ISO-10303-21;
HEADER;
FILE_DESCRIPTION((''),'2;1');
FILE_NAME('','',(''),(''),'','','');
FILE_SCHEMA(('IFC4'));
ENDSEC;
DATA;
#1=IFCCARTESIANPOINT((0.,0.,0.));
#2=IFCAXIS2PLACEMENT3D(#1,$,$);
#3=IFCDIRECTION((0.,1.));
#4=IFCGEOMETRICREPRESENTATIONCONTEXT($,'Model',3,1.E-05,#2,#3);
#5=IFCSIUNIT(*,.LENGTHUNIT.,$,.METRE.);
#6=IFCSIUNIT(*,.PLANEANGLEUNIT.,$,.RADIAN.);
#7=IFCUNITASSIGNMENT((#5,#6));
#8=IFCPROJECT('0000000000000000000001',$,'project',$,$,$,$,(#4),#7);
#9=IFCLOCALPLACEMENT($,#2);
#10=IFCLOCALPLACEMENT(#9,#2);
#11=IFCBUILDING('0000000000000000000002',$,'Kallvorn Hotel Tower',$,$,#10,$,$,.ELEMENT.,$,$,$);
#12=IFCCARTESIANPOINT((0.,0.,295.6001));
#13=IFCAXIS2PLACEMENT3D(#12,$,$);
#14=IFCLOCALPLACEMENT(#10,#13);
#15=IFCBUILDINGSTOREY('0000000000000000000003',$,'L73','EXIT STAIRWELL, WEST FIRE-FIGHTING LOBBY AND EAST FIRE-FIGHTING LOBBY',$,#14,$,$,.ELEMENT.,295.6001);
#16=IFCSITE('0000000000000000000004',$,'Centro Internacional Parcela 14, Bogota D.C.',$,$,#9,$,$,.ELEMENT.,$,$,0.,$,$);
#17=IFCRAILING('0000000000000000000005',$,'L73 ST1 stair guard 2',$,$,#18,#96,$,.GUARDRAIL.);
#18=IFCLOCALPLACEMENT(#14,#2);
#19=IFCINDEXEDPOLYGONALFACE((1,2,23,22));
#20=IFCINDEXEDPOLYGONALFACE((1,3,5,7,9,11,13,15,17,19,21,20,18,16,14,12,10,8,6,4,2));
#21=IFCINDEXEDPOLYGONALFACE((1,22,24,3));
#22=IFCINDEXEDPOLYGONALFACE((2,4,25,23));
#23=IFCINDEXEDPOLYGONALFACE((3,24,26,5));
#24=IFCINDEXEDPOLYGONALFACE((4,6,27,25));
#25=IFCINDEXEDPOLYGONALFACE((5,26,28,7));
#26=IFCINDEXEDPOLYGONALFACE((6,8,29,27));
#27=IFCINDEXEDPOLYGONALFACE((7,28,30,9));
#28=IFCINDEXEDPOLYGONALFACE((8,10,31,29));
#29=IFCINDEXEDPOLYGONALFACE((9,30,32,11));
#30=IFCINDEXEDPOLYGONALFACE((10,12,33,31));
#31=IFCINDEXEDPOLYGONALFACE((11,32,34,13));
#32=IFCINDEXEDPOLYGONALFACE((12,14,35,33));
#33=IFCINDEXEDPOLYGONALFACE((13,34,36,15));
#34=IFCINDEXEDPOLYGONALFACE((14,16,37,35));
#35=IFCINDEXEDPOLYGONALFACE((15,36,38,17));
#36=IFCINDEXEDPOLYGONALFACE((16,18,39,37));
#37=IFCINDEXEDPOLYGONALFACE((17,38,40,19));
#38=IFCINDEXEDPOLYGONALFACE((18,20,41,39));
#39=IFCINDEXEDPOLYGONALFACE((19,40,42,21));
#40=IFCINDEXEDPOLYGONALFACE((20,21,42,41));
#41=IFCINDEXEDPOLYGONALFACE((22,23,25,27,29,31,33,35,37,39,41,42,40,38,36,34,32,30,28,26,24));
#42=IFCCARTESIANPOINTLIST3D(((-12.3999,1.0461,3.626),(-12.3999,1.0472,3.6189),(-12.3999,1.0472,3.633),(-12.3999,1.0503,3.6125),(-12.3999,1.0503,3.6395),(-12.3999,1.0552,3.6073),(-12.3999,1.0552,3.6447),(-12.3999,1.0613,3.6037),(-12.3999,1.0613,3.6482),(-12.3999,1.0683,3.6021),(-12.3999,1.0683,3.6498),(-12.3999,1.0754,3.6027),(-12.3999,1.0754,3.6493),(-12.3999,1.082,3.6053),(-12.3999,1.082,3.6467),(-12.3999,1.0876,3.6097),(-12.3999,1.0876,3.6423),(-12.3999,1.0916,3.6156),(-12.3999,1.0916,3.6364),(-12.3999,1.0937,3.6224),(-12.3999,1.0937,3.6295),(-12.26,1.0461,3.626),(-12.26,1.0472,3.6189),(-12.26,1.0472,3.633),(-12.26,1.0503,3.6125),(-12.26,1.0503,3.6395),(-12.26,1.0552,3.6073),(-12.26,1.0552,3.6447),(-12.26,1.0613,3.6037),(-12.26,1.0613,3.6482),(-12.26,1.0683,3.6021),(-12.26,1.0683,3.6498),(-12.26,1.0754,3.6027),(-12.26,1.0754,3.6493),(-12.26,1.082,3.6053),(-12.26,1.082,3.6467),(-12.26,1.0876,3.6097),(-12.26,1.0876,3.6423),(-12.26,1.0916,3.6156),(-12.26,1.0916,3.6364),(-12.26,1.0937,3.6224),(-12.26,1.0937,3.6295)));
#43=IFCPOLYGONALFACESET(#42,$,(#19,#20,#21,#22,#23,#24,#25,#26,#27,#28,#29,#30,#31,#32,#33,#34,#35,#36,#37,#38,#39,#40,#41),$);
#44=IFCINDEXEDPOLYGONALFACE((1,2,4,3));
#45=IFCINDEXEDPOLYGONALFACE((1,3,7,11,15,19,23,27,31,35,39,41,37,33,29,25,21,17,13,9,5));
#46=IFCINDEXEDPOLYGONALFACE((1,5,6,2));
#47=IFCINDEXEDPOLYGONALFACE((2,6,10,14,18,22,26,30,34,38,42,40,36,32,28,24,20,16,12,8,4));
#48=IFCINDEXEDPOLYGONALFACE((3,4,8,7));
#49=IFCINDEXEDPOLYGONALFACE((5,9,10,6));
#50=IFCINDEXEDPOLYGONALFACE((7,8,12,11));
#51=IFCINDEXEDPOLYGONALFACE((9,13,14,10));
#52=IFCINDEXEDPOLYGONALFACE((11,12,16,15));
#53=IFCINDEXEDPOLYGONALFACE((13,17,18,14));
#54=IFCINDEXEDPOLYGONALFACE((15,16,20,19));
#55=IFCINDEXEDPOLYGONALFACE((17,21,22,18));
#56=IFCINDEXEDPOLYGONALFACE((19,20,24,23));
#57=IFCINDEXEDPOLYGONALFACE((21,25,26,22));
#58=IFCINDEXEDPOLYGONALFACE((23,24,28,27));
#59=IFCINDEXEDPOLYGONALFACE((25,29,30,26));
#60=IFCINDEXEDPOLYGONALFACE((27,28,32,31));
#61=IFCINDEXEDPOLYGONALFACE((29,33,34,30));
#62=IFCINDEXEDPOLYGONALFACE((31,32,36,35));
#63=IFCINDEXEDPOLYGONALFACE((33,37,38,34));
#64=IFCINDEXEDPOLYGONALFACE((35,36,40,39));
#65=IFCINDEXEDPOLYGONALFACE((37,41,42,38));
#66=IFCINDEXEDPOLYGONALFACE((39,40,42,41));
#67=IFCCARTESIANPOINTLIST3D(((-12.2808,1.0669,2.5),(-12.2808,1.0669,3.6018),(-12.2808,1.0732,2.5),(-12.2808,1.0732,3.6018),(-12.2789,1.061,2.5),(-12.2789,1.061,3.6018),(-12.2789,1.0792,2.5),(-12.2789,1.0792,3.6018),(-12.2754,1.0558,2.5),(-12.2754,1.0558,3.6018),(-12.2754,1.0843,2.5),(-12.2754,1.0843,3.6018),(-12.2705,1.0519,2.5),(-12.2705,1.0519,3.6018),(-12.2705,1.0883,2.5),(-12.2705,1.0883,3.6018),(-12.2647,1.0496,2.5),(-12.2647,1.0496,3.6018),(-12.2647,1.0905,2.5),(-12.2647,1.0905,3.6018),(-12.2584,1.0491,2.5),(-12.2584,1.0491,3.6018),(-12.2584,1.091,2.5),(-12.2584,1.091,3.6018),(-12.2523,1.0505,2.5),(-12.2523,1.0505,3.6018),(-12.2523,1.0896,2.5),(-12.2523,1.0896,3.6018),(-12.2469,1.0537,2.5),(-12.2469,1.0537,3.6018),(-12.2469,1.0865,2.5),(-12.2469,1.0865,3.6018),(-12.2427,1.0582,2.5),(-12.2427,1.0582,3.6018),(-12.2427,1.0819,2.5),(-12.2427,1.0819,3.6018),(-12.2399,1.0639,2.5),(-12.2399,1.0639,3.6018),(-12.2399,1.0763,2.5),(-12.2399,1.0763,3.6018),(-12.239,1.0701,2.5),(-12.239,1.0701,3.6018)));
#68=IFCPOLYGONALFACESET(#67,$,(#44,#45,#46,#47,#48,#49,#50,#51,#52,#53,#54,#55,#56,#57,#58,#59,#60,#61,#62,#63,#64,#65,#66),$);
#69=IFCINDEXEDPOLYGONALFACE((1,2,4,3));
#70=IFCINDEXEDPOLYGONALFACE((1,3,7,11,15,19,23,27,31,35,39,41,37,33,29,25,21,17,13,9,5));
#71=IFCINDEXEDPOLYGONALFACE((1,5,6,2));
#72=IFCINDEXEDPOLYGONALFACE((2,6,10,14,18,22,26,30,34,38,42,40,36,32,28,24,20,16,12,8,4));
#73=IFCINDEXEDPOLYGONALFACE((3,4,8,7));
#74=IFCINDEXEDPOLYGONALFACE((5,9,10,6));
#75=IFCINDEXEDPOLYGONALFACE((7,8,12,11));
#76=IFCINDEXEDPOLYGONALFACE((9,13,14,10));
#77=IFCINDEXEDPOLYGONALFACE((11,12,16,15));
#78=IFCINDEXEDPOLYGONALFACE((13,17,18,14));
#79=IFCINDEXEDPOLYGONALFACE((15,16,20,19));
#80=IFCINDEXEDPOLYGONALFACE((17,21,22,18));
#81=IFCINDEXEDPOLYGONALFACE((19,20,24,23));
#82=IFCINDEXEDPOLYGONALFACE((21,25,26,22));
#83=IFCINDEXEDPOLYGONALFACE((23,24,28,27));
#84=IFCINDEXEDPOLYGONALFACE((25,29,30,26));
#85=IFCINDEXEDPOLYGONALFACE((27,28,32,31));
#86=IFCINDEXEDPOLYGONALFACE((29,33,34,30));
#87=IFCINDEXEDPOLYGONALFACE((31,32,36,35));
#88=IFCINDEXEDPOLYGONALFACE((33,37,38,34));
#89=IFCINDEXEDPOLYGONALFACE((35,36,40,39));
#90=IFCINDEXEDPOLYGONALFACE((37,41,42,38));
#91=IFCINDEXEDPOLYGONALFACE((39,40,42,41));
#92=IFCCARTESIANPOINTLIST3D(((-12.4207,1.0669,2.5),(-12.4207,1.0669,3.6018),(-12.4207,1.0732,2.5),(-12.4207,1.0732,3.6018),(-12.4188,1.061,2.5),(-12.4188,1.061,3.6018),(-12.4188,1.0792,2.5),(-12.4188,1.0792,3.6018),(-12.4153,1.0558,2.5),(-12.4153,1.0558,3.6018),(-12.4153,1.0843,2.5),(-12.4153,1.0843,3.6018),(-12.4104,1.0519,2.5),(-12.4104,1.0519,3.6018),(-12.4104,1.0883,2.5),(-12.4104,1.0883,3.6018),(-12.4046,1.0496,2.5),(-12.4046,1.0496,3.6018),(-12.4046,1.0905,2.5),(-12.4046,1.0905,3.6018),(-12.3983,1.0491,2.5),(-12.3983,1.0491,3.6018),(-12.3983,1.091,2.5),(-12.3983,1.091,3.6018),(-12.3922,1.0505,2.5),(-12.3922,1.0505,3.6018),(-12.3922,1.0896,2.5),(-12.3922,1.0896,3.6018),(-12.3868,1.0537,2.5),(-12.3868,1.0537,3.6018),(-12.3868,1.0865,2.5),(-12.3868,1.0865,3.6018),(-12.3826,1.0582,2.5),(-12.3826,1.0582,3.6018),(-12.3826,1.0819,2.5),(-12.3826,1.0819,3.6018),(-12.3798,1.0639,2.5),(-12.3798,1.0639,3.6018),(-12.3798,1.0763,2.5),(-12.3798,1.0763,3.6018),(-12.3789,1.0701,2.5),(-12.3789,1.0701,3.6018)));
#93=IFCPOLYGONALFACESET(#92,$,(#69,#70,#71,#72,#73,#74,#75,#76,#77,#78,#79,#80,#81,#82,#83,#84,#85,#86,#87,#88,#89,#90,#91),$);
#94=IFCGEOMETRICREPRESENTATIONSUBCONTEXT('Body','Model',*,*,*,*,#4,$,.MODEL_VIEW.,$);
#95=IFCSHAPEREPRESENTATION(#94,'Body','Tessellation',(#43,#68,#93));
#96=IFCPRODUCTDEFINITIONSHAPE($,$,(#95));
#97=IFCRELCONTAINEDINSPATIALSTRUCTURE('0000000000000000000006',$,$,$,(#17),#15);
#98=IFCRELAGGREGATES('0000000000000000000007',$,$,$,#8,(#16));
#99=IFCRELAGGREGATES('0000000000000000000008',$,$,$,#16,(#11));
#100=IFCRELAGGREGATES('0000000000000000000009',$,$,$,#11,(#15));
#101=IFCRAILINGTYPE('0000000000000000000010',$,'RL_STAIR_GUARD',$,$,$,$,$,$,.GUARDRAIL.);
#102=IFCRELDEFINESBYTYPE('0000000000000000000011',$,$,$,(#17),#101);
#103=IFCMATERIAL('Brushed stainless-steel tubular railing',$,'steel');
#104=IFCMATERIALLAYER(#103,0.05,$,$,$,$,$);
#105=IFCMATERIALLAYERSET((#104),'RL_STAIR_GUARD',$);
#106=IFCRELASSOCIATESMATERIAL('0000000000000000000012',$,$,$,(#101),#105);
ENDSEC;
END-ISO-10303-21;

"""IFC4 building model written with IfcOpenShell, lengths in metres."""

from ifc_helpers import new_model, si_unit, direction, frame, origin, origin_2d, place, context, subcontext, project, spatial, circle, extrude, material, layer, layer_set, type_object, element, save


model = new_model("IFC4")

# Units and contexts
model_context = context("Model", 3, precision=1e-05, world=origin(), true_north=direction((0.0, 1.0)))
body_context = subcontext(model_context, "Body", "Model", "MODEL_VIEW")
ifc_project = project(units=[si_unit("LENGTHUNIT", "METRE"), si_unit("PLANEANGLEUNIT", "RADIAN")], contexts=[model_context])

# Site, building, storey
site_placement = place(None, origin())
site = spatial("IfcSite", under=ifc_project, at=site_placement, Name="Centro Internacional Parcela 14, Bogota D.C.", CompositionType="ELEMENT", RefElevation=0.0)
building_placement = place(site_placement, origin())
building = spatial("IfcBuilding", under=site, at=building_placement, Name="Kallvorn Hotel Tower", CompositionType="ELEMENT")
storey_placement = place(building_placement, frame((0.0, 0.0, 295.6001)))
storey = spatial("IfcBuildingStorey", under=building, at=storey_placement, Name="L73", Description="EXIT STAIRWELL, WEST FIRE-FIGHTING LOBBY AND EAST FIRE-FIGHTING LOBBY", CompositionType="ELEMENT", Elevation=295.6001)

# Railing
ifc_material_1 = material(Name="Brushed stainless-steel tubular railing", Category="steel")
ifc_layer_1 = layer(ifc_material_1, 0.05)
ifc_layer_set_1 = layer_set([ifc_layer_1], Name="RL_STAIR_GUARD")
railing_type_1 = type_object("IfcRailingType", Name="RL_STAIR_GUARD", PredefinedType="GUARDRAIL", material=ifc_layer_set_1)
railing_1_placement = place(storey_placement, frame((-12.26, 1.0701, 2.5)))
element("IfcRailing", 1, at=railing_1_placement, inside=storey, type_object=railing_type_1, Name="L73 ST1 stair guard 2", PredefinedType="GUARDRAIL", context=body_context, shape_type="SweptSolid", body=[
    extrude(circle(Radius=0.0239, at=origin_2d()), frame((0.0, 0.0, 1.126), z_axis=(-1.0, 0.0, 0.0), x_axis=(0.0, -1.0, 0.0)), (0.0, 0.0, 1.0), 0.1399),
    extrude(circle(Radius=0.021, at=origin_2d()), origin(), (0.0, 0.0, 1.0), 1.1018),
    extrude(circle(Radius=0.021, at=origin_2d()), frame((-0.1399, 0.0, 0.0)), (0.0, 0.0, 1.0), 1.1018),
])

save(model, "model.ifc")
